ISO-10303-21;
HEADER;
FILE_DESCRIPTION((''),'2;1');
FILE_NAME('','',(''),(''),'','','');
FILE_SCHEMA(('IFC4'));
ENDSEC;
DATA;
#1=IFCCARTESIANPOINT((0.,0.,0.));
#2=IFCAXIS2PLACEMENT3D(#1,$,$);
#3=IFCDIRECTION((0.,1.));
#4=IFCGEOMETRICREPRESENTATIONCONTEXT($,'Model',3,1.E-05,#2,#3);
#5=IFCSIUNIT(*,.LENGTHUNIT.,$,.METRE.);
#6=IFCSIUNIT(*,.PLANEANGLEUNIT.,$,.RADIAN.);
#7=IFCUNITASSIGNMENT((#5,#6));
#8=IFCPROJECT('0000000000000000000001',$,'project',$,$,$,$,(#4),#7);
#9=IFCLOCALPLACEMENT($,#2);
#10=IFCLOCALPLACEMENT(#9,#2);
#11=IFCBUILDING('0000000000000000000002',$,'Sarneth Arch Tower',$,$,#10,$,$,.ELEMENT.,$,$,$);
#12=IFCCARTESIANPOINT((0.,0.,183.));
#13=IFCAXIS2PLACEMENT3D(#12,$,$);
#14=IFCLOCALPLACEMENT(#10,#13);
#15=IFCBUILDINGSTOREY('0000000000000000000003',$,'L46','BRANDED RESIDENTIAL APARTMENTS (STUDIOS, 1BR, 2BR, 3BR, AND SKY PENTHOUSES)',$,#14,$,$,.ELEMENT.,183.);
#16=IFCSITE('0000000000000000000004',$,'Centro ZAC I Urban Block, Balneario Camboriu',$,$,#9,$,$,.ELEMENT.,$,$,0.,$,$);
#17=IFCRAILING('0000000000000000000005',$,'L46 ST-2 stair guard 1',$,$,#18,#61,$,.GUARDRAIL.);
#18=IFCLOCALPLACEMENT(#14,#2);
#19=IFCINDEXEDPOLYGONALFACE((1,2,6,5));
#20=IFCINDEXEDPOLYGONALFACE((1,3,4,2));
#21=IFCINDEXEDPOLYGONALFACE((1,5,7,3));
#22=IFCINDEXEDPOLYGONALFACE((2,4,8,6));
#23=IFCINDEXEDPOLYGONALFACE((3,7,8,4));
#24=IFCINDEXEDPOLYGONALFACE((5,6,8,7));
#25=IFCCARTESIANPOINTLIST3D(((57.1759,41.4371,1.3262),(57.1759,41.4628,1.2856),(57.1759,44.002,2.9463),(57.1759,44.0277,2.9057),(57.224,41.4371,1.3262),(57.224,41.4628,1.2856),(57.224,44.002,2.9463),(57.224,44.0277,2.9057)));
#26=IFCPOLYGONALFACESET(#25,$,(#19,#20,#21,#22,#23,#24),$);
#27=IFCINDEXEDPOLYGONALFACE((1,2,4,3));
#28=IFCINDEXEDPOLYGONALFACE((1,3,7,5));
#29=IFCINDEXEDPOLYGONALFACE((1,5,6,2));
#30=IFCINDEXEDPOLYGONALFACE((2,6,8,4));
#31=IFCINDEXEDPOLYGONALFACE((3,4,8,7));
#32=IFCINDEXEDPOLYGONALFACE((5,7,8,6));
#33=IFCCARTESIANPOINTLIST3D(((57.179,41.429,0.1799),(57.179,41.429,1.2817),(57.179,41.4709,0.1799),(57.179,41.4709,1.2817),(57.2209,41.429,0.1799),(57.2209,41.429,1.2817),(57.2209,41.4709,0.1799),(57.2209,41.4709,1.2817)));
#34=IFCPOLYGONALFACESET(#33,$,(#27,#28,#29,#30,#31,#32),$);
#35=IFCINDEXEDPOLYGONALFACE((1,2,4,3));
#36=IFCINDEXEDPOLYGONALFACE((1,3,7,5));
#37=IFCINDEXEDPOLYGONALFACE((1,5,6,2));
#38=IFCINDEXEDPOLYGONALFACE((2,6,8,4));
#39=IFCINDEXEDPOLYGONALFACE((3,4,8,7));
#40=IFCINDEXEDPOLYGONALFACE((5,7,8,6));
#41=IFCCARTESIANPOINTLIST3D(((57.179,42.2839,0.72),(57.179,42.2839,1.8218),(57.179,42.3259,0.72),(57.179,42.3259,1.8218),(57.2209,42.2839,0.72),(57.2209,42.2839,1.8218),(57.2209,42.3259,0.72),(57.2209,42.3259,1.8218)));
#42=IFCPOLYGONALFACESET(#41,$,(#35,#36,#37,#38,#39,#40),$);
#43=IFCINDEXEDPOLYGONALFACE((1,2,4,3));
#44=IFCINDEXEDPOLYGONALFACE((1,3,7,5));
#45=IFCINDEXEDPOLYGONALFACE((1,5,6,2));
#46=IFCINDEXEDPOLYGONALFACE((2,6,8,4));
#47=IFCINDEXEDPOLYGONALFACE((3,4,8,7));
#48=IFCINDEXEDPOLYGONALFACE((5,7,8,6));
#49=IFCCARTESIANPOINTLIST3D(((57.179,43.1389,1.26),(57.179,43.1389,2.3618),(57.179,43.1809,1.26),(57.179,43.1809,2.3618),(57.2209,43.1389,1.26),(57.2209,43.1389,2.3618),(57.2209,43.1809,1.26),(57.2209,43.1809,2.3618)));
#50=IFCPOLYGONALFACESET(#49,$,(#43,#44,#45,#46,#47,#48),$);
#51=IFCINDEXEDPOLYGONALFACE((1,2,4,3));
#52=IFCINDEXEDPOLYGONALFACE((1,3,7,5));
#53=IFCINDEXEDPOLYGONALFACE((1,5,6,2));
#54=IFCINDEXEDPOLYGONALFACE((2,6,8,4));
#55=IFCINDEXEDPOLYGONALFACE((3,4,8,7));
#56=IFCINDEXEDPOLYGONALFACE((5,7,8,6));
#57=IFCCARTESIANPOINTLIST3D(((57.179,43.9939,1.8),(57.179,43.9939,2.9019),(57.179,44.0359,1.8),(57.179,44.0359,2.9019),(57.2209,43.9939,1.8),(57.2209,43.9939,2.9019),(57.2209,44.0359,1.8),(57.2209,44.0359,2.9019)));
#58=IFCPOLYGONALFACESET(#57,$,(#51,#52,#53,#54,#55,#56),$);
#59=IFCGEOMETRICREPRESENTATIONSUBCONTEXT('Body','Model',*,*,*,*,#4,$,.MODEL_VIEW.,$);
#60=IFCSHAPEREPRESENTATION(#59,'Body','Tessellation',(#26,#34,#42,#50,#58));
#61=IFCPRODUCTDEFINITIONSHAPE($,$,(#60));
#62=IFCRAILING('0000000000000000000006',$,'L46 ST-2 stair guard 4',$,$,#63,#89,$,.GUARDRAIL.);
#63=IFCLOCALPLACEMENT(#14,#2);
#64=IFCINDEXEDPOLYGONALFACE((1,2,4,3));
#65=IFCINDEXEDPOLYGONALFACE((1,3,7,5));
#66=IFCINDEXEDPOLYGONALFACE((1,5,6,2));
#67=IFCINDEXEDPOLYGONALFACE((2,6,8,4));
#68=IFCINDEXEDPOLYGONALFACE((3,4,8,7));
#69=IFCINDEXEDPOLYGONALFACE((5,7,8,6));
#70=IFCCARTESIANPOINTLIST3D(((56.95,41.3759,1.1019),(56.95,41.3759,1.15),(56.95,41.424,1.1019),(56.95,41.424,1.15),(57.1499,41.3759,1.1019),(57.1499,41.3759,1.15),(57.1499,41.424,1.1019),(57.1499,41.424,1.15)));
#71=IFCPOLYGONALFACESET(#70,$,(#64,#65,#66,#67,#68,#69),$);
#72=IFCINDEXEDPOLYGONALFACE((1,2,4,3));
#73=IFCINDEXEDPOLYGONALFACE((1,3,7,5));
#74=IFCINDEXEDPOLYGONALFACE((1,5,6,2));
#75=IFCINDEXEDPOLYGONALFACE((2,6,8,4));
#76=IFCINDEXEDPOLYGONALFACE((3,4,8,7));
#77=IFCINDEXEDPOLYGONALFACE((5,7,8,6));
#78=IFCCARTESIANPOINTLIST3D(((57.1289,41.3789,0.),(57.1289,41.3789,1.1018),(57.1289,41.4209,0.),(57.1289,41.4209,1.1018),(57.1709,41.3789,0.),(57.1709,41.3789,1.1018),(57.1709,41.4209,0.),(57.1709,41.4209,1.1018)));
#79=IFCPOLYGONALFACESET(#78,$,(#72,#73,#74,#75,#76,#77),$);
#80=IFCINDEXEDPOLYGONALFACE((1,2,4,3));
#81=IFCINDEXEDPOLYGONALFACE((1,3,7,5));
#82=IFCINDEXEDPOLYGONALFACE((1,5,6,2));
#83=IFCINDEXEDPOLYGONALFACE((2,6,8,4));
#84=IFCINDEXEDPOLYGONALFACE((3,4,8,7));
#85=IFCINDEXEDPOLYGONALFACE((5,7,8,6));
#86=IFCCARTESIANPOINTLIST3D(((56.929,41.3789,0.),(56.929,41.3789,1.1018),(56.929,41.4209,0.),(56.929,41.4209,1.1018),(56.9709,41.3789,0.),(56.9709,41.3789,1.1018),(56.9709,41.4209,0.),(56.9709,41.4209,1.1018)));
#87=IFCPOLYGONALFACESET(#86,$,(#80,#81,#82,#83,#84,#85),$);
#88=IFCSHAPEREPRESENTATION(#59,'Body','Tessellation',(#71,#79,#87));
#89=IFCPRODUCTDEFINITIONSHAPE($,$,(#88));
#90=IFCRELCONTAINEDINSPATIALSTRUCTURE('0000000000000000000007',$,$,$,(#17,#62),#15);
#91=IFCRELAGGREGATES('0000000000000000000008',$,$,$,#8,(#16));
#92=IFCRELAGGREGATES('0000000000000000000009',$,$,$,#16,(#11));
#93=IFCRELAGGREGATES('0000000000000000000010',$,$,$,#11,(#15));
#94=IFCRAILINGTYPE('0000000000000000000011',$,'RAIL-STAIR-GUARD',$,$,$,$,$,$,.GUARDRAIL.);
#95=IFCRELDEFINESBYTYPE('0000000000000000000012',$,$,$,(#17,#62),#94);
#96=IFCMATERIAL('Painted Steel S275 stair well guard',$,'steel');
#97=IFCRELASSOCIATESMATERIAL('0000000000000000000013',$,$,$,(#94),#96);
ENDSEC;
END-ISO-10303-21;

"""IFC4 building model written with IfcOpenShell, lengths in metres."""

from ifc_helpers import new_model, si_unit, direction, frame, origin, origin_2d, place, context, subcontext, project, spatial, rectangle, extrude, material, type_object, element, save


model = new_model("IFC4")

# Units and contexts
model_context = context("Model", 3, precision=1e-05, world=origin(), true_north=direction((0.0, 1.0)))
body_context = subcontext(model_context, "Body", "Model", "MODEL_VIEW")
ifc_project = project(units=[si_unit("LENGTHUNIT", "METRE"), si_unit("PLANEANGLEUNIT", "RADIAN")], contexts=[model_context])

# Site, building, storey
site_placement = place(None, origin())
site = spatial("IfcSite", under=ifc_project, at=site_placement, Name="Centro ZAC I Urban Block, Balneario Camboriu", CompositionType="ELEMENT", RefElevation=0.0)
building_placement = place(site_placement, origin())
building = spatial("IfcBuilding", under=site, at=building_placement, Name="Sarneth Arch Tower", CompositionType="ELEMENT")
storey_placement = place(building_placement, frame((0.0, 0.0, 183.0)))
storey = spatial("IfcBuildingStorey", under=building, at=storey_placement, Name="L46", Description="BRANDED RESIDENTIAL APARTMENTS (STUDIOS, 1BR, 2BR, 3BR, AND SKY PENTHOUSES)", CompositionType="ELEMENT", Elevation=183.0)

# Railings
ifc_material_1 = material(Name="Painted Steel S275 stair well guard", Category="steel")
railing_type_1 = type_object("IfcRailingType", Name="RAIL-STAIR-GUARD", PredefinedType="GUARDRAIL", material=ifc_material_1)
railing_1_placement = place(storey_placement, frame((57.2, 41.45, 0.1799)))
element("IfcRailing", 1, at=railing_1_placement, inside=storey, type_object=railing_type_1, Name="L46 ST-2 stair guard 1", PredefinedType="GUARDRAIL", context=body_context, shape_type="SweptSolid", body=[
    extrude(rectangle(XDim=0.0481, YDim=0.0481, at=origin_2d()), frame((0.0, 0.0, 1.126), z_axis=(0.0, 0.845466, 0.534029), x_axis=(-1.0, 0.0, 0.0)), (0.0, 0.0, 1.0), 3.0337),
    extrude(rectangle(XDim=0.042, YDim=0.042, at=origin_2d()), origin(), (0.0, 0.0, 1.0), 1.1018),
    extrude(rectangle(XDim=0.042, YDim=0.042, at=origin_2d()), frame((0.0, 0.855, 0.54)), (0.0, 0.0, 1.0), 1.1018),
    extrude(rectangle(XDim=0.042, YDim=0.042, at=origin_2d()), frame((0.0, 1.71, 1.0801)), (0.0, 0.0, 1.0), 1.1018),
    extrude(rectangle(XDim=0.042, YDim=0.042, at=origin_2d()), frame((0.0, 2.5649, 1.6201)), (0.0, 0.0, 1.0), 1.1018),
])
railing_2_placement = place(storey_placement, frame((57.1499, 41.3999, 0.0)))
element("IfcRailing", 2, at=railing_2_placement, inside=storey, type_object=railing_type_1, Name="L46 ST-2 stair guard 4", PredefinedType="GUARDRAIL", context=body_context, shape_type="SweptSolid", body=[
    extrude(rectangle(XDim=0.0481, YDim=0.0481, at=origin_2d()), frame((0.0, 0.0, 1.126), z_axis=(-1.0, 0.0, 0.0), x_axis=(0.0, -1.0, 0.0)), (0.0, 0.0, 1.0), 0.2),
    extrude(rectangle(XDim=0.042, YDim=0.042, at=origin_2d()), origin(), (0.0, 0.0, 1.0), 1.1018),
    extrude(rectangle(XDim=0.042, YDim=0.042, at=origin_2d()), frame((-0.2, 0.0, 0.0)), (0.0, 0.0, 1.0), 1.1018),
])

save(model, "model.ifc")
